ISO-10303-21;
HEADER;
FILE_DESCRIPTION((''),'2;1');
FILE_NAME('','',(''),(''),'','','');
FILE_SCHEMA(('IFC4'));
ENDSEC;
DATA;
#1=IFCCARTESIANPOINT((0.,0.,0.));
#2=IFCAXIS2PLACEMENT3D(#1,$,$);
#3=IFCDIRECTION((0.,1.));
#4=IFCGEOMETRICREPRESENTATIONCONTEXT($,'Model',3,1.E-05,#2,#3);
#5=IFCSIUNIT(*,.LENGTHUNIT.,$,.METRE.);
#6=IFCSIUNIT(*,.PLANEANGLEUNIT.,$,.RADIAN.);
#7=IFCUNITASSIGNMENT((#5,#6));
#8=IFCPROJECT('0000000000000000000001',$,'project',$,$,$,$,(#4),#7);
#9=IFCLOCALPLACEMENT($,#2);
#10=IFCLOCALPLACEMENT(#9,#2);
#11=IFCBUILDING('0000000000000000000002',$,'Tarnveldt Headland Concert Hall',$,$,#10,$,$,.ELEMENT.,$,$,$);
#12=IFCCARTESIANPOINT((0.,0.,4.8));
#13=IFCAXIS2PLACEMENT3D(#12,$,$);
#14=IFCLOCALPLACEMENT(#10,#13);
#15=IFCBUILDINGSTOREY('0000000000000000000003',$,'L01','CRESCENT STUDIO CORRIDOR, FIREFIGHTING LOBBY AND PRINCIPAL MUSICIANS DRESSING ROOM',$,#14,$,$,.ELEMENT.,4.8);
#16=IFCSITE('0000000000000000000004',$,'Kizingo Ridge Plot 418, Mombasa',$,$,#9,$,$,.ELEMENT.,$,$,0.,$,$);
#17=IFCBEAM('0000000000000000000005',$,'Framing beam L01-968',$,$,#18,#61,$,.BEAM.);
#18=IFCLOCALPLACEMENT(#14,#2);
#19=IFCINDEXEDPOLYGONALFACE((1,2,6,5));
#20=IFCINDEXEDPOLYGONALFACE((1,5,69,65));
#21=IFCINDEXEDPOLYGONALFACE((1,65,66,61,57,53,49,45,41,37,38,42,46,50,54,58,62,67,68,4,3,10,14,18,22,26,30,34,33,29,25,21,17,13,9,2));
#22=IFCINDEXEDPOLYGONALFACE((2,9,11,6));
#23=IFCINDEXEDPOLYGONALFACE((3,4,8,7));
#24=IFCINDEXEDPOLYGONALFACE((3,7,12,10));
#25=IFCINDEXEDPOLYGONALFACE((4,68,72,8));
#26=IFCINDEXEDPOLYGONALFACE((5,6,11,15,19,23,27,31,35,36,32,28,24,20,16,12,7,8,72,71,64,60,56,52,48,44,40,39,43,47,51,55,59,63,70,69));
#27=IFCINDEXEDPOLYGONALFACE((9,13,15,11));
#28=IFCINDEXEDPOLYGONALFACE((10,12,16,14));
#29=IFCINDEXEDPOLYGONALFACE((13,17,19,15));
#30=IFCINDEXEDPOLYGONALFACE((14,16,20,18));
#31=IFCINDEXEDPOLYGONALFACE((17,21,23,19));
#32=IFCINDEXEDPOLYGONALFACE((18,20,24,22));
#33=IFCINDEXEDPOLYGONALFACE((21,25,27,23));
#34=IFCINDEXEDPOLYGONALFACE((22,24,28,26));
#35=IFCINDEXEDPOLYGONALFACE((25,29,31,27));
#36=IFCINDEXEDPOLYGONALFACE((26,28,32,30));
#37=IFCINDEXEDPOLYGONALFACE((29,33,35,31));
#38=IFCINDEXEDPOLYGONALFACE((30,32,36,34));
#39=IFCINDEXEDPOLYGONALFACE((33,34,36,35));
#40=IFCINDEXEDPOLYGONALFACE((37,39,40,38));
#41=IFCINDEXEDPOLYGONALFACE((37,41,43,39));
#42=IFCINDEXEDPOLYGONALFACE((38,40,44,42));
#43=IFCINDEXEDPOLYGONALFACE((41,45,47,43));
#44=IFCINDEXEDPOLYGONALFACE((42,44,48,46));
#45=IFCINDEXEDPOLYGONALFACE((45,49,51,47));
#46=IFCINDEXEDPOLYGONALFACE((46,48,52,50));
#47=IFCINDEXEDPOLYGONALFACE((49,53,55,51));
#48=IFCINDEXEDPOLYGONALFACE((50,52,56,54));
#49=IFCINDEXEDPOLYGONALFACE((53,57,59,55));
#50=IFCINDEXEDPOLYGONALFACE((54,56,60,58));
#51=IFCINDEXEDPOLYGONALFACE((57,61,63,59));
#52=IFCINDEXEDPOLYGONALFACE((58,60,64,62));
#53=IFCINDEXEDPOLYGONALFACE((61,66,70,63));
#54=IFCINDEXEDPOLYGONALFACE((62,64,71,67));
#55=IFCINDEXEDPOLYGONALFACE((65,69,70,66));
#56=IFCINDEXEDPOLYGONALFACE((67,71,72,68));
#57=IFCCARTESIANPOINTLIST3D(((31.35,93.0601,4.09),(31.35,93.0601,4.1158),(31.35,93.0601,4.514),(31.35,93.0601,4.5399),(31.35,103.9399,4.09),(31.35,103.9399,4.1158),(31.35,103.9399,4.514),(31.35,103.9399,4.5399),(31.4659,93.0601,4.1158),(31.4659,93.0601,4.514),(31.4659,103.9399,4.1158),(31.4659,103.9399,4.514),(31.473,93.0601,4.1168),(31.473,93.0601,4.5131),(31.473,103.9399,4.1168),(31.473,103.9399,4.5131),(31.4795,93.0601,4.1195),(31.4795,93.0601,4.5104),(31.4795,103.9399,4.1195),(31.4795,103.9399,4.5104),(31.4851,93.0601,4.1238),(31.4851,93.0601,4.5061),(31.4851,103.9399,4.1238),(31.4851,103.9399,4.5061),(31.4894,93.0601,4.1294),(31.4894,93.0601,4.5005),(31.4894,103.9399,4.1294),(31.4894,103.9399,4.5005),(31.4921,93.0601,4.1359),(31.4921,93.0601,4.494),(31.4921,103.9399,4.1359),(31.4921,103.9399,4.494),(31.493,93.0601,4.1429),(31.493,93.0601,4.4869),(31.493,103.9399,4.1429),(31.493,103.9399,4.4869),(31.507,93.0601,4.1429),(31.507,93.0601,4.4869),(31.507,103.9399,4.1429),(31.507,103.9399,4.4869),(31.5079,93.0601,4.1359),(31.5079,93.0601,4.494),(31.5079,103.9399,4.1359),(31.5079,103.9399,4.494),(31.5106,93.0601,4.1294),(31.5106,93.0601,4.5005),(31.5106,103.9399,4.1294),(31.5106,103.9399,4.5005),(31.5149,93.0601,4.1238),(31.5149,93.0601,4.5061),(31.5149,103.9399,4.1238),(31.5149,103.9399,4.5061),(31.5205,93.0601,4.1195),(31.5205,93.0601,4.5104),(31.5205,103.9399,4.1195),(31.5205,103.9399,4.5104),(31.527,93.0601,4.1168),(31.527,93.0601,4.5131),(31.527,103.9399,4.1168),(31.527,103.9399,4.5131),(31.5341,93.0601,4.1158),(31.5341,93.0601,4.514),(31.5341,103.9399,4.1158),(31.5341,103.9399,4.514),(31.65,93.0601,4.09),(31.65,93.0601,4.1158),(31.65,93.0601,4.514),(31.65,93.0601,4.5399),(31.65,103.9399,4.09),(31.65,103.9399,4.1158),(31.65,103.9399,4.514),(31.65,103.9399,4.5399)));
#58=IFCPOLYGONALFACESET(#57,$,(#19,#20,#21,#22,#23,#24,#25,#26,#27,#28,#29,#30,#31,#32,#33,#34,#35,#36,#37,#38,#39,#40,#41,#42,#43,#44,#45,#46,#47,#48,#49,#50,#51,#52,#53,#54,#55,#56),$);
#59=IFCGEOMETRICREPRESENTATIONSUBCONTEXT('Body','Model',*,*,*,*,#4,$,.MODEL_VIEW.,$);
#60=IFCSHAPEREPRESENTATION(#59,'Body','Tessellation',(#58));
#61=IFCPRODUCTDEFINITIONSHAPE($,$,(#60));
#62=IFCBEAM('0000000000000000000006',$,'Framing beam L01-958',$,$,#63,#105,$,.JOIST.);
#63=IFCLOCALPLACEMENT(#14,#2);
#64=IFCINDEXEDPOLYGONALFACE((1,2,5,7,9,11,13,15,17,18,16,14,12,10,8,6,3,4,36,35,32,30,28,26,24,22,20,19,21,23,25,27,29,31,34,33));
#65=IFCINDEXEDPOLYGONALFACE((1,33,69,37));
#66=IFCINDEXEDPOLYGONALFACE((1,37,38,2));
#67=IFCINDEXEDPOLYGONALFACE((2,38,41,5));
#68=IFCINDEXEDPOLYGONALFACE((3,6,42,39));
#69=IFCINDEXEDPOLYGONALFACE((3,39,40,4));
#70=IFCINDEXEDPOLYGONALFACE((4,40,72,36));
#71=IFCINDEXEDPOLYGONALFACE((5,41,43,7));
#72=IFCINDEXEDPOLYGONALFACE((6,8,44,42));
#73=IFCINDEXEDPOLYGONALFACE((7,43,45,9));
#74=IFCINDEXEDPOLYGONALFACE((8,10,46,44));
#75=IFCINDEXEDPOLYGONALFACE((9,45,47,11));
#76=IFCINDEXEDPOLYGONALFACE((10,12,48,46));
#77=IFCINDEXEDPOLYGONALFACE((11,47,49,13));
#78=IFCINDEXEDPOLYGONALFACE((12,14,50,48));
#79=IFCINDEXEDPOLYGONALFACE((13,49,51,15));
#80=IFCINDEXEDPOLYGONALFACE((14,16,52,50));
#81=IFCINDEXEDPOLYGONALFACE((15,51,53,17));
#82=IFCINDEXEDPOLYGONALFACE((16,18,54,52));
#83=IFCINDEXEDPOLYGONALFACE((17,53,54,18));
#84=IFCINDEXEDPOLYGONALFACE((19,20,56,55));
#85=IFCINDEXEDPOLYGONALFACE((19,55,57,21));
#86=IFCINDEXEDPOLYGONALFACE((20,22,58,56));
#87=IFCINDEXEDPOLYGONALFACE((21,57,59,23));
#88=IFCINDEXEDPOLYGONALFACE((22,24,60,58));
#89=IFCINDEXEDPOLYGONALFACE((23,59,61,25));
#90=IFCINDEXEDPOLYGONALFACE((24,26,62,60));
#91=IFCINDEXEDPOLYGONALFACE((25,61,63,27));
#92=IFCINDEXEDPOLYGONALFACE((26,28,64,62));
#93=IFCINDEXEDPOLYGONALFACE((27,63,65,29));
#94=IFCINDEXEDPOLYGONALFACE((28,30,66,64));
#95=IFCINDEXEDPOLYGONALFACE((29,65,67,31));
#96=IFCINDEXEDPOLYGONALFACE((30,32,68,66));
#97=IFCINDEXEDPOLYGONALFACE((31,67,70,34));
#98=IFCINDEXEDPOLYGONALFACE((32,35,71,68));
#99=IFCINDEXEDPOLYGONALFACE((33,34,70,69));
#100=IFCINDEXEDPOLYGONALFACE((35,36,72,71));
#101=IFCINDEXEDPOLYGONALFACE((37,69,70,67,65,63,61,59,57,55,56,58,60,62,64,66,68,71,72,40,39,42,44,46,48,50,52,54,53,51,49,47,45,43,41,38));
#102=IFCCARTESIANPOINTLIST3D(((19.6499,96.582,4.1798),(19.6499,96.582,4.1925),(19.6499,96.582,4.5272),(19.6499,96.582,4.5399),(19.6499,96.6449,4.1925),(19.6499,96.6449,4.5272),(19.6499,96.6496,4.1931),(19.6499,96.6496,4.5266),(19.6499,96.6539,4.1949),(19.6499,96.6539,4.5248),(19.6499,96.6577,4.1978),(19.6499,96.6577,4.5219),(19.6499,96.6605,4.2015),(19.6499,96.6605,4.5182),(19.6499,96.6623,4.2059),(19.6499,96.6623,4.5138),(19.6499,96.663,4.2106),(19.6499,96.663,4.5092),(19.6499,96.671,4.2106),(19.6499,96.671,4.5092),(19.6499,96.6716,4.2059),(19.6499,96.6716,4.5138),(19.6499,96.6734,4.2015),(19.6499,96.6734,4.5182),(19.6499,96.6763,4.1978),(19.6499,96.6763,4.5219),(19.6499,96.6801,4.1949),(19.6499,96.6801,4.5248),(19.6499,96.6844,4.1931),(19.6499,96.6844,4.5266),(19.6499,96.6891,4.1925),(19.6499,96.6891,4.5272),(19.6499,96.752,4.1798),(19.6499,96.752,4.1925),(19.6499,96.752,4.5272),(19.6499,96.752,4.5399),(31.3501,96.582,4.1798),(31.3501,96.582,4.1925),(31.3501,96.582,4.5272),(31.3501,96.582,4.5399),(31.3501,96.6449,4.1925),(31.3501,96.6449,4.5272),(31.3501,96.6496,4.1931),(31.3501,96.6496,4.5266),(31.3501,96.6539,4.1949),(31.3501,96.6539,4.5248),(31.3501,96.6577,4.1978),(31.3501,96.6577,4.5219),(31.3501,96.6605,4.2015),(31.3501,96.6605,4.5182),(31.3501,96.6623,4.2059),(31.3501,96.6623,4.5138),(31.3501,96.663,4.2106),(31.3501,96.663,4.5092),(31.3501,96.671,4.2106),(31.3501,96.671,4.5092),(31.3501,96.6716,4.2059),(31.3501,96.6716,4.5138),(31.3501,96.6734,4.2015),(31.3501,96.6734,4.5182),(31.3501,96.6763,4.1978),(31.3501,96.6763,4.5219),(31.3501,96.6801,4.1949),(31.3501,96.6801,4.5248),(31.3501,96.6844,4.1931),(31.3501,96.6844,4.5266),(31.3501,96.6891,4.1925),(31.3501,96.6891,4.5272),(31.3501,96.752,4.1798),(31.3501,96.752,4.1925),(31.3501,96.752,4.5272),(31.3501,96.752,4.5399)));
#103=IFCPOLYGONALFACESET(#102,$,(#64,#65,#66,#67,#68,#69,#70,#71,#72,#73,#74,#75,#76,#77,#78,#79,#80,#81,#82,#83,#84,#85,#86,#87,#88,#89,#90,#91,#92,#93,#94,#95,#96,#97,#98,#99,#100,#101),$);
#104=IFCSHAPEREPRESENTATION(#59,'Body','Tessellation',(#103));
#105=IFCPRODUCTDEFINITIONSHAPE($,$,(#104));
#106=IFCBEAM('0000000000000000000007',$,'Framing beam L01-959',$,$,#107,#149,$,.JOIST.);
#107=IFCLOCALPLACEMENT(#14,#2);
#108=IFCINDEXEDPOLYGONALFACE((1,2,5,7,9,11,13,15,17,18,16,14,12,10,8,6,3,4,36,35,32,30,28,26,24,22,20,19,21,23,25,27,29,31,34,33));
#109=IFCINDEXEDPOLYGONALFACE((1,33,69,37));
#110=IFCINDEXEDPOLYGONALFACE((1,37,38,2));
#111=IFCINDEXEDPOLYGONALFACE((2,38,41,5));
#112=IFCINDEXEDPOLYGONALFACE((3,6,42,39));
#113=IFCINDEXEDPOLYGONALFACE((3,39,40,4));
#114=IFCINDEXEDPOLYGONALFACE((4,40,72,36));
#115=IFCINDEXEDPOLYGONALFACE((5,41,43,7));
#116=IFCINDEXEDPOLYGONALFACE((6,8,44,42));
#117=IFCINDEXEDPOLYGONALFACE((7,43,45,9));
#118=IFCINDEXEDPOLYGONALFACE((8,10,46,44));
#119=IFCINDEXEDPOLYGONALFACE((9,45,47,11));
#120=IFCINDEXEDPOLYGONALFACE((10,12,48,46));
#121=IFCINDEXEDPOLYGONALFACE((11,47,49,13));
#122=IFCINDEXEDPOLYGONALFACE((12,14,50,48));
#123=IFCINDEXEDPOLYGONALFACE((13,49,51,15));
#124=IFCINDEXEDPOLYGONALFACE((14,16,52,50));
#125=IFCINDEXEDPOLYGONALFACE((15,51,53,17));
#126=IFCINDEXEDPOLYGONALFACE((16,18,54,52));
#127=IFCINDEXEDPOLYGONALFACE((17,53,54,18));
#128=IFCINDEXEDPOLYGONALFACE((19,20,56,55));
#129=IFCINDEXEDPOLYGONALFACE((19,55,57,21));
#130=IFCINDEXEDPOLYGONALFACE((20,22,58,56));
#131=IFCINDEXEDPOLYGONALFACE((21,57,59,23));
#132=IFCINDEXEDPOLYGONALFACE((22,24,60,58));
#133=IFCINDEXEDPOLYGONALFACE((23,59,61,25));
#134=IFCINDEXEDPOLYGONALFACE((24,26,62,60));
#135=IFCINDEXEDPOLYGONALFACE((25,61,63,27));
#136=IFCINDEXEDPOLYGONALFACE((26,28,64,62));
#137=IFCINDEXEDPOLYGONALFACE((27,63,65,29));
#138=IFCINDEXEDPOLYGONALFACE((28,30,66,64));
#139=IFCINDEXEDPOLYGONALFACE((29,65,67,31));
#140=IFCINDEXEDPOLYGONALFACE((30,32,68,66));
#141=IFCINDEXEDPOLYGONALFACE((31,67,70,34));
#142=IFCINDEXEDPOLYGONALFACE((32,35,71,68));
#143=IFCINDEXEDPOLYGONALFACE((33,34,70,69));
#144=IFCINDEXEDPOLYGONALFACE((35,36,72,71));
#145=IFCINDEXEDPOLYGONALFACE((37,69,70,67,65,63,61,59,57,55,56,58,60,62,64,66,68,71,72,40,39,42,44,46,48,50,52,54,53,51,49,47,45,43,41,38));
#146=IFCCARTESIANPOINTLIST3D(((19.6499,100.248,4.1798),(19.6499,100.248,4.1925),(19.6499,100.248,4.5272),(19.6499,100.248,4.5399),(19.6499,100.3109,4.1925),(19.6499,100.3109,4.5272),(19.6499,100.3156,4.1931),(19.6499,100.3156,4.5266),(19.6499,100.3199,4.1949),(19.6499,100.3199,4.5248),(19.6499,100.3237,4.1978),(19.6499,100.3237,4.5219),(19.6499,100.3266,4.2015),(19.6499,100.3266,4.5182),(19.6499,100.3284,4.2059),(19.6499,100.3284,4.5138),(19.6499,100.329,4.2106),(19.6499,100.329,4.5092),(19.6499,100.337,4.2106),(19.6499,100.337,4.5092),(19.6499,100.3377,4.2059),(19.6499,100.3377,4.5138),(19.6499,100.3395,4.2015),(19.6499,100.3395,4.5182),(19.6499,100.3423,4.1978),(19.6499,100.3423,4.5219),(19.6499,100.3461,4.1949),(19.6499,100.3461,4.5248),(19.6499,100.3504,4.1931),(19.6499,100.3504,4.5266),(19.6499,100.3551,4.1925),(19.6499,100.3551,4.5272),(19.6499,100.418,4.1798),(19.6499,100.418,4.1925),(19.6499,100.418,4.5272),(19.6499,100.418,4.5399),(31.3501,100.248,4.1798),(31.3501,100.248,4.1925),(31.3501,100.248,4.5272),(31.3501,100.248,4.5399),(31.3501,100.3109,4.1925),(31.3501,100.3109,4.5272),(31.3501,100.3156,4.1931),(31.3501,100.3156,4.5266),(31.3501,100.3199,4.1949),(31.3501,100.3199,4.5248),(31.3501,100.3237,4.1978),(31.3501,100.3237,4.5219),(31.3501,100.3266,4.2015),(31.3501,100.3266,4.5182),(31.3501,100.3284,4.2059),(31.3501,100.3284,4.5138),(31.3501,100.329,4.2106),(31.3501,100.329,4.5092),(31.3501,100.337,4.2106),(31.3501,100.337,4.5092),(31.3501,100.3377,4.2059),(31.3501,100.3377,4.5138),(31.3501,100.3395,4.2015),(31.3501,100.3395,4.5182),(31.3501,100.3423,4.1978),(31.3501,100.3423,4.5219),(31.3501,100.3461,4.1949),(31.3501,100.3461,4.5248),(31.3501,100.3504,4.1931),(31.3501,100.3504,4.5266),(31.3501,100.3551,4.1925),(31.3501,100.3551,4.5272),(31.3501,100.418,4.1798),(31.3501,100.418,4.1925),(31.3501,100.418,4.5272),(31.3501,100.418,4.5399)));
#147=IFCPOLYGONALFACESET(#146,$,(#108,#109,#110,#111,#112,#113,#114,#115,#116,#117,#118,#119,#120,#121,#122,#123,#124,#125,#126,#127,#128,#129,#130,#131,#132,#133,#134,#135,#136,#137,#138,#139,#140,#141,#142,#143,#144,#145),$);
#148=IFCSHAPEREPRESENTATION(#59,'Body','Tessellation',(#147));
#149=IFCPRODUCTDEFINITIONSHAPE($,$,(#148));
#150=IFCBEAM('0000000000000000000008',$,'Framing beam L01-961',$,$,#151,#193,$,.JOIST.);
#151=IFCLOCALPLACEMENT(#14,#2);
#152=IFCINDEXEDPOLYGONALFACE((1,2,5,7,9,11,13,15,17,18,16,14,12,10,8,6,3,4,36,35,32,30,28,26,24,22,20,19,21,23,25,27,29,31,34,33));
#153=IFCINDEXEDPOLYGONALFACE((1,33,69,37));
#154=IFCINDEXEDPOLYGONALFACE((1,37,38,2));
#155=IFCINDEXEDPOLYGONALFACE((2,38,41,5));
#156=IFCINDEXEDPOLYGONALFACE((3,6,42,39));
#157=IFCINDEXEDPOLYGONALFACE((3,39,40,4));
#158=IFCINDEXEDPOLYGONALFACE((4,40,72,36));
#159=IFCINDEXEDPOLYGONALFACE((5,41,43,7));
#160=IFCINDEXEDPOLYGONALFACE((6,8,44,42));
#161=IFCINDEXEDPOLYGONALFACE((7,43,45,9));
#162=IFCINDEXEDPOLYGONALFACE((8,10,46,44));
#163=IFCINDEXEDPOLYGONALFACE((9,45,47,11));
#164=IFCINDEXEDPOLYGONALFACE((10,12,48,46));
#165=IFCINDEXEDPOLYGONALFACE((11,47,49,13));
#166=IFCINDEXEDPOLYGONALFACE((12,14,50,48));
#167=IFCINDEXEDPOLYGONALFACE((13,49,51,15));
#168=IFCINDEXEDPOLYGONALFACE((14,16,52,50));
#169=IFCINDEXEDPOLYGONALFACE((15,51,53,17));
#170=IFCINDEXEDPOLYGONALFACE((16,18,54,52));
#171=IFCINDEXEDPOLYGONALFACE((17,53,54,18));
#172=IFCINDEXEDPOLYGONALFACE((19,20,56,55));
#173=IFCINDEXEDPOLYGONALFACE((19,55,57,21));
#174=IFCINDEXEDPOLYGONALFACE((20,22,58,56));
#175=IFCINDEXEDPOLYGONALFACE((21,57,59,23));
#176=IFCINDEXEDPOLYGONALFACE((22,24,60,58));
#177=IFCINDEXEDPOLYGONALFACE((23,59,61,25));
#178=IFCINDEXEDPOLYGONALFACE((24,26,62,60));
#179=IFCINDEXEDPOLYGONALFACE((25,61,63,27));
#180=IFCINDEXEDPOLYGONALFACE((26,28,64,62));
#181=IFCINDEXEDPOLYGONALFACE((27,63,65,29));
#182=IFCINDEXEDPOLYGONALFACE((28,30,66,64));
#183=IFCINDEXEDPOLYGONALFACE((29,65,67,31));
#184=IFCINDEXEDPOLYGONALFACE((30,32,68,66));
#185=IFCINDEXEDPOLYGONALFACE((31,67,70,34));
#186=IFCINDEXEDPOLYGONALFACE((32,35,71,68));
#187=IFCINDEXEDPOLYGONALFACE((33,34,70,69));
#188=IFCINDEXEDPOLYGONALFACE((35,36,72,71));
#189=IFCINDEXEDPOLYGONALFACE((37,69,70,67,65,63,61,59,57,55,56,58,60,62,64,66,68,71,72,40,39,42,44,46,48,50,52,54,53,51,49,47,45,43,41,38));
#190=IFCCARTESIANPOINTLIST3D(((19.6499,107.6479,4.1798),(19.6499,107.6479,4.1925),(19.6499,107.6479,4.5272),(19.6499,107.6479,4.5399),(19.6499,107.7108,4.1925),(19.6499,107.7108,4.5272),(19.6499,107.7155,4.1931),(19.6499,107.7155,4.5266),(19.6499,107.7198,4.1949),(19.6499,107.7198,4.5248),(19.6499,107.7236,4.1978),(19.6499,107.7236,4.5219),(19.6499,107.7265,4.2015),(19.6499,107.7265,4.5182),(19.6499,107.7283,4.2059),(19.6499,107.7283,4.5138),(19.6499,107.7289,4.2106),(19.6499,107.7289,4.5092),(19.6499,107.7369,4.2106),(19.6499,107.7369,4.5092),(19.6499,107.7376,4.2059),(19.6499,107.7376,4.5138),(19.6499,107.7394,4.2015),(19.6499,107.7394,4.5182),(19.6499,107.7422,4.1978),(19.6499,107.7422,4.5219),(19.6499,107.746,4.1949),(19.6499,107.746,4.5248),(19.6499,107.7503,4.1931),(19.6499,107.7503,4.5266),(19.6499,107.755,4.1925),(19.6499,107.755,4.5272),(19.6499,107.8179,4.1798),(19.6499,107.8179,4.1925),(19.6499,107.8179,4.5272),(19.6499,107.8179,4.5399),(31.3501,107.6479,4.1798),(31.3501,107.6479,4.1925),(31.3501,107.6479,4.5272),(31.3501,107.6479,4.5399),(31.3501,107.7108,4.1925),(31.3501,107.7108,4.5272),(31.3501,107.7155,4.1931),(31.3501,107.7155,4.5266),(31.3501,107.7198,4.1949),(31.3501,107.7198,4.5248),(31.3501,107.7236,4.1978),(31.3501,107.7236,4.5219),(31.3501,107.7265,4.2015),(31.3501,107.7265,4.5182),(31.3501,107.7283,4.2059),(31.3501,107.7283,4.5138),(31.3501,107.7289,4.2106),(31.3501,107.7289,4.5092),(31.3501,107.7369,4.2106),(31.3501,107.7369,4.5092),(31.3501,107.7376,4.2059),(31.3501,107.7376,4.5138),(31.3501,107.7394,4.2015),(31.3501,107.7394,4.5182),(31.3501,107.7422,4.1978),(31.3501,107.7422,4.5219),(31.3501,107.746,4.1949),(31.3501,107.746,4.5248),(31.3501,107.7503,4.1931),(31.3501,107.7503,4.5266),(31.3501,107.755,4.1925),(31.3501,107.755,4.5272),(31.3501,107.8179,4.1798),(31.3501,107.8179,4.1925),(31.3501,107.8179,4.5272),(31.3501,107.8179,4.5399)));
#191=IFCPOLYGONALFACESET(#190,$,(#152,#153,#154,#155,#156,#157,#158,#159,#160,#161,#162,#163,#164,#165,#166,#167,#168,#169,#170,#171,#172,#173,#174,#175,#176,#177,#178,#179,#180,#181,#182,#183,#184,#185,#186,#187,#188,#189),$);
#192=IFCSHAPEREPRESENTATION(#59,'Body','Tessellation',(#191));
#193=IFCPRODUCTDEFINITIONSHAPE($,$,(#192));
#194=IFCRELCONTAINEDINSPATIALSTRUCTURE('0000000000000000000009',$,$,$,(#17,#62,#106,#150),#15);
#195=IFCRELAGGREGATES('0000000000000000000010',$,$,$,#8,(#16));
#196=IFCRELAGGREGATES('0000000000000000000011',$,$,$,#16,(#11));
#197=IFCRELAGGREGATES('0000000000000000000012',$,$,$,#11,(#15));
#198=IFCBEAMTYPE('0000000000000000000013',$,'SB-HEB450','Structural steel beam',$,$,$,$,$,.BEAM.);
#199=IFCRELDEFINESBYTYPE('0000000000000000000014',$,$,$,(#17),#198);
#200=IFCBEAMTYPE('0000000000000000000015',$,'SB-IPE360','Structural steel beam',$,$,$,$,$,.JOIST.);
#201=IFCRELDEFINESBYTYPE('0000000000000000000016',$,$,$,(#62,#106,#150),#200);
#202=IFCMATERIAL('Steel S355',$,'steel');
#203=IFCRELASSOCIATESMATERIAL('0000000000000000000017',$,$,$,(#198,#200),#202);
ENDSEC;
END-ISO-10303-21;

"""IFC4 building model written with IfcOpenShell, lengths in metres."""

from ifc_helpers import new_model, si_unit, direction, frame, origin, origin_2d, place, context, subcontext, project, spatial, i_section, extrude, material, material_profile, profile_set, type_object, element, save


model = new_model("IFC4")

# Units and contexts
model_context = context("Model", 3, precision=1e-05, world=origin(), true_north=direction((0.0, 1.0)))
body_context = subcontext(model_context, "Body", "Model", "MODEL_VIEW")
ifc_project = project(units=[si_unit("LENGTHUNIT", "METRE"), si_unit("PLANEANGLEUNIT", "RADIAN")], contexts=[model_context])

# Site, building, storey
site_placement = place(None, origin())
site = spatial("IfcSite", under=ifc_project, at=site_placement, Name="Kizingo Ridge Plot 418, Mombasa", CompositionType="ELEMENT", RefElevation=0.0)
building_placement = place(site_placement, origin())
building = spatial("IfcBuilding", under=site, at=building_placement, Name="Tarnveldt Headland Concert Hall", CompositionType="ELEMENT")
storey_placement = place(building_placement, frame((0.0, 0.0, 4.8)))
storey = spatial("IfcBuildingStorey", under=building, at=storey_placement, Name="L01", Description="CRESCENT STUDIO CORRIDOR, FIREFIGHTING LOBBY AND PRINCIPAL MUSICIANS DRESSING ROOM", CompositionType="ELEMENT", Elevation=4.8)

# Shared definitions
ifc_material_1 = material(Name="Steel S355", Category="steel")

# Beams
ifc_material_profile_1 = material_profile(ifc_material_1, i_section(OverallWidth=0.3, OverallDepth=0.45, WebThickness=0.0139, FlangeThickness=0.0259, FilletRadius=0.0271, at=origin_2d()), Name="HEB450", Category="steel")
ifc_profile_set_1 = profile_set([ifc_material_profile_1], Name="Steel S355")
beam_type_1 = type_object("IfcBeamType", Name="SB-HEB450", Description="Structural steel beam", PredefinedType="BEAM", material=ifc_profile_set_1)
beam_1_placement = place(storey_placement, frame((31.5, 93.0601, 4.3149), z_axis=(0.0, 1.0, 0.0), x_axis=(-1.0, 0.0, 0.0)))
element("IfcBeam", 1, at=beam_1_placement, inside=storey, type_object=beam_type_1, Name="Framing beam L01-968", PredefinedType="BEAM", context=body_context, shape_type="SweptSolid", body=[
    extrude(i_section(OverallWidth=0.3, OverallDepth=0.45, WebThickness=0.0139, FlangeThickness=0.0259, FilletRadius=0.0271, at=origin_2d()), origin(), (0.0, 0.0, 1.0), 10.8799),
])
ifc_material_profile_2 = material_profile(ifc_material_1, i_section(OverallWidth=0.1699, OverallDepth=0.3601, WebThickness=0.0081, FlangeThickness=0.0127, FilletRadius=0.0181, at=origin_2d()), Name="IPE360", Category="steel")
ifc_profile_set_2 = profile_set([ifc_material_profile_2], Name="Steel S355")
beam_type_2 = type_object("IfcBeamType", Name="SB-IPE360", Description="Structural steel beam", PredefinedType="JOIST", material=ifc_profile_set_2)
for number, where, z_axis, x_axis, name in (
    (2, (19.6499, 96.667, 4.3599), (1.0, 0.0, 0.0), (0.0, 1.0, 0.0), "Framing beam L01-958"),
    (3, (19.6499, 100.333, 4.3599), (1.0, 0.0, 0.0), (0.0, 1.0, 0.0), "Framing beam L01-959"),
    (4, (19.6499, 107.7329, 4.3599), (1.0, 0.0, 0.0), (0.0, 1.0, 0.0), "Framing beam L01-961"),
):
    element("IfcBeam", number, at=place(storey_placement, frame(where, z_axis=z_axis, x_axis=x_axis)), inside=storey, type_object=beam_type_2, Name=name, PredefinedType="JOIST", context=body_context, shape_type="SweptSolid", body=[
        extrude(i_section(OverallWidth=0.1699, OverallDepth=0.3601, WebThickness=0.0081, FlangeThickness=0.0127, FilletRadius=0.0181, at=origin_2d()), origin(), (0.0, 0.0, 1.0), 11.7002),
    ])

save(model, "model.ifc")
